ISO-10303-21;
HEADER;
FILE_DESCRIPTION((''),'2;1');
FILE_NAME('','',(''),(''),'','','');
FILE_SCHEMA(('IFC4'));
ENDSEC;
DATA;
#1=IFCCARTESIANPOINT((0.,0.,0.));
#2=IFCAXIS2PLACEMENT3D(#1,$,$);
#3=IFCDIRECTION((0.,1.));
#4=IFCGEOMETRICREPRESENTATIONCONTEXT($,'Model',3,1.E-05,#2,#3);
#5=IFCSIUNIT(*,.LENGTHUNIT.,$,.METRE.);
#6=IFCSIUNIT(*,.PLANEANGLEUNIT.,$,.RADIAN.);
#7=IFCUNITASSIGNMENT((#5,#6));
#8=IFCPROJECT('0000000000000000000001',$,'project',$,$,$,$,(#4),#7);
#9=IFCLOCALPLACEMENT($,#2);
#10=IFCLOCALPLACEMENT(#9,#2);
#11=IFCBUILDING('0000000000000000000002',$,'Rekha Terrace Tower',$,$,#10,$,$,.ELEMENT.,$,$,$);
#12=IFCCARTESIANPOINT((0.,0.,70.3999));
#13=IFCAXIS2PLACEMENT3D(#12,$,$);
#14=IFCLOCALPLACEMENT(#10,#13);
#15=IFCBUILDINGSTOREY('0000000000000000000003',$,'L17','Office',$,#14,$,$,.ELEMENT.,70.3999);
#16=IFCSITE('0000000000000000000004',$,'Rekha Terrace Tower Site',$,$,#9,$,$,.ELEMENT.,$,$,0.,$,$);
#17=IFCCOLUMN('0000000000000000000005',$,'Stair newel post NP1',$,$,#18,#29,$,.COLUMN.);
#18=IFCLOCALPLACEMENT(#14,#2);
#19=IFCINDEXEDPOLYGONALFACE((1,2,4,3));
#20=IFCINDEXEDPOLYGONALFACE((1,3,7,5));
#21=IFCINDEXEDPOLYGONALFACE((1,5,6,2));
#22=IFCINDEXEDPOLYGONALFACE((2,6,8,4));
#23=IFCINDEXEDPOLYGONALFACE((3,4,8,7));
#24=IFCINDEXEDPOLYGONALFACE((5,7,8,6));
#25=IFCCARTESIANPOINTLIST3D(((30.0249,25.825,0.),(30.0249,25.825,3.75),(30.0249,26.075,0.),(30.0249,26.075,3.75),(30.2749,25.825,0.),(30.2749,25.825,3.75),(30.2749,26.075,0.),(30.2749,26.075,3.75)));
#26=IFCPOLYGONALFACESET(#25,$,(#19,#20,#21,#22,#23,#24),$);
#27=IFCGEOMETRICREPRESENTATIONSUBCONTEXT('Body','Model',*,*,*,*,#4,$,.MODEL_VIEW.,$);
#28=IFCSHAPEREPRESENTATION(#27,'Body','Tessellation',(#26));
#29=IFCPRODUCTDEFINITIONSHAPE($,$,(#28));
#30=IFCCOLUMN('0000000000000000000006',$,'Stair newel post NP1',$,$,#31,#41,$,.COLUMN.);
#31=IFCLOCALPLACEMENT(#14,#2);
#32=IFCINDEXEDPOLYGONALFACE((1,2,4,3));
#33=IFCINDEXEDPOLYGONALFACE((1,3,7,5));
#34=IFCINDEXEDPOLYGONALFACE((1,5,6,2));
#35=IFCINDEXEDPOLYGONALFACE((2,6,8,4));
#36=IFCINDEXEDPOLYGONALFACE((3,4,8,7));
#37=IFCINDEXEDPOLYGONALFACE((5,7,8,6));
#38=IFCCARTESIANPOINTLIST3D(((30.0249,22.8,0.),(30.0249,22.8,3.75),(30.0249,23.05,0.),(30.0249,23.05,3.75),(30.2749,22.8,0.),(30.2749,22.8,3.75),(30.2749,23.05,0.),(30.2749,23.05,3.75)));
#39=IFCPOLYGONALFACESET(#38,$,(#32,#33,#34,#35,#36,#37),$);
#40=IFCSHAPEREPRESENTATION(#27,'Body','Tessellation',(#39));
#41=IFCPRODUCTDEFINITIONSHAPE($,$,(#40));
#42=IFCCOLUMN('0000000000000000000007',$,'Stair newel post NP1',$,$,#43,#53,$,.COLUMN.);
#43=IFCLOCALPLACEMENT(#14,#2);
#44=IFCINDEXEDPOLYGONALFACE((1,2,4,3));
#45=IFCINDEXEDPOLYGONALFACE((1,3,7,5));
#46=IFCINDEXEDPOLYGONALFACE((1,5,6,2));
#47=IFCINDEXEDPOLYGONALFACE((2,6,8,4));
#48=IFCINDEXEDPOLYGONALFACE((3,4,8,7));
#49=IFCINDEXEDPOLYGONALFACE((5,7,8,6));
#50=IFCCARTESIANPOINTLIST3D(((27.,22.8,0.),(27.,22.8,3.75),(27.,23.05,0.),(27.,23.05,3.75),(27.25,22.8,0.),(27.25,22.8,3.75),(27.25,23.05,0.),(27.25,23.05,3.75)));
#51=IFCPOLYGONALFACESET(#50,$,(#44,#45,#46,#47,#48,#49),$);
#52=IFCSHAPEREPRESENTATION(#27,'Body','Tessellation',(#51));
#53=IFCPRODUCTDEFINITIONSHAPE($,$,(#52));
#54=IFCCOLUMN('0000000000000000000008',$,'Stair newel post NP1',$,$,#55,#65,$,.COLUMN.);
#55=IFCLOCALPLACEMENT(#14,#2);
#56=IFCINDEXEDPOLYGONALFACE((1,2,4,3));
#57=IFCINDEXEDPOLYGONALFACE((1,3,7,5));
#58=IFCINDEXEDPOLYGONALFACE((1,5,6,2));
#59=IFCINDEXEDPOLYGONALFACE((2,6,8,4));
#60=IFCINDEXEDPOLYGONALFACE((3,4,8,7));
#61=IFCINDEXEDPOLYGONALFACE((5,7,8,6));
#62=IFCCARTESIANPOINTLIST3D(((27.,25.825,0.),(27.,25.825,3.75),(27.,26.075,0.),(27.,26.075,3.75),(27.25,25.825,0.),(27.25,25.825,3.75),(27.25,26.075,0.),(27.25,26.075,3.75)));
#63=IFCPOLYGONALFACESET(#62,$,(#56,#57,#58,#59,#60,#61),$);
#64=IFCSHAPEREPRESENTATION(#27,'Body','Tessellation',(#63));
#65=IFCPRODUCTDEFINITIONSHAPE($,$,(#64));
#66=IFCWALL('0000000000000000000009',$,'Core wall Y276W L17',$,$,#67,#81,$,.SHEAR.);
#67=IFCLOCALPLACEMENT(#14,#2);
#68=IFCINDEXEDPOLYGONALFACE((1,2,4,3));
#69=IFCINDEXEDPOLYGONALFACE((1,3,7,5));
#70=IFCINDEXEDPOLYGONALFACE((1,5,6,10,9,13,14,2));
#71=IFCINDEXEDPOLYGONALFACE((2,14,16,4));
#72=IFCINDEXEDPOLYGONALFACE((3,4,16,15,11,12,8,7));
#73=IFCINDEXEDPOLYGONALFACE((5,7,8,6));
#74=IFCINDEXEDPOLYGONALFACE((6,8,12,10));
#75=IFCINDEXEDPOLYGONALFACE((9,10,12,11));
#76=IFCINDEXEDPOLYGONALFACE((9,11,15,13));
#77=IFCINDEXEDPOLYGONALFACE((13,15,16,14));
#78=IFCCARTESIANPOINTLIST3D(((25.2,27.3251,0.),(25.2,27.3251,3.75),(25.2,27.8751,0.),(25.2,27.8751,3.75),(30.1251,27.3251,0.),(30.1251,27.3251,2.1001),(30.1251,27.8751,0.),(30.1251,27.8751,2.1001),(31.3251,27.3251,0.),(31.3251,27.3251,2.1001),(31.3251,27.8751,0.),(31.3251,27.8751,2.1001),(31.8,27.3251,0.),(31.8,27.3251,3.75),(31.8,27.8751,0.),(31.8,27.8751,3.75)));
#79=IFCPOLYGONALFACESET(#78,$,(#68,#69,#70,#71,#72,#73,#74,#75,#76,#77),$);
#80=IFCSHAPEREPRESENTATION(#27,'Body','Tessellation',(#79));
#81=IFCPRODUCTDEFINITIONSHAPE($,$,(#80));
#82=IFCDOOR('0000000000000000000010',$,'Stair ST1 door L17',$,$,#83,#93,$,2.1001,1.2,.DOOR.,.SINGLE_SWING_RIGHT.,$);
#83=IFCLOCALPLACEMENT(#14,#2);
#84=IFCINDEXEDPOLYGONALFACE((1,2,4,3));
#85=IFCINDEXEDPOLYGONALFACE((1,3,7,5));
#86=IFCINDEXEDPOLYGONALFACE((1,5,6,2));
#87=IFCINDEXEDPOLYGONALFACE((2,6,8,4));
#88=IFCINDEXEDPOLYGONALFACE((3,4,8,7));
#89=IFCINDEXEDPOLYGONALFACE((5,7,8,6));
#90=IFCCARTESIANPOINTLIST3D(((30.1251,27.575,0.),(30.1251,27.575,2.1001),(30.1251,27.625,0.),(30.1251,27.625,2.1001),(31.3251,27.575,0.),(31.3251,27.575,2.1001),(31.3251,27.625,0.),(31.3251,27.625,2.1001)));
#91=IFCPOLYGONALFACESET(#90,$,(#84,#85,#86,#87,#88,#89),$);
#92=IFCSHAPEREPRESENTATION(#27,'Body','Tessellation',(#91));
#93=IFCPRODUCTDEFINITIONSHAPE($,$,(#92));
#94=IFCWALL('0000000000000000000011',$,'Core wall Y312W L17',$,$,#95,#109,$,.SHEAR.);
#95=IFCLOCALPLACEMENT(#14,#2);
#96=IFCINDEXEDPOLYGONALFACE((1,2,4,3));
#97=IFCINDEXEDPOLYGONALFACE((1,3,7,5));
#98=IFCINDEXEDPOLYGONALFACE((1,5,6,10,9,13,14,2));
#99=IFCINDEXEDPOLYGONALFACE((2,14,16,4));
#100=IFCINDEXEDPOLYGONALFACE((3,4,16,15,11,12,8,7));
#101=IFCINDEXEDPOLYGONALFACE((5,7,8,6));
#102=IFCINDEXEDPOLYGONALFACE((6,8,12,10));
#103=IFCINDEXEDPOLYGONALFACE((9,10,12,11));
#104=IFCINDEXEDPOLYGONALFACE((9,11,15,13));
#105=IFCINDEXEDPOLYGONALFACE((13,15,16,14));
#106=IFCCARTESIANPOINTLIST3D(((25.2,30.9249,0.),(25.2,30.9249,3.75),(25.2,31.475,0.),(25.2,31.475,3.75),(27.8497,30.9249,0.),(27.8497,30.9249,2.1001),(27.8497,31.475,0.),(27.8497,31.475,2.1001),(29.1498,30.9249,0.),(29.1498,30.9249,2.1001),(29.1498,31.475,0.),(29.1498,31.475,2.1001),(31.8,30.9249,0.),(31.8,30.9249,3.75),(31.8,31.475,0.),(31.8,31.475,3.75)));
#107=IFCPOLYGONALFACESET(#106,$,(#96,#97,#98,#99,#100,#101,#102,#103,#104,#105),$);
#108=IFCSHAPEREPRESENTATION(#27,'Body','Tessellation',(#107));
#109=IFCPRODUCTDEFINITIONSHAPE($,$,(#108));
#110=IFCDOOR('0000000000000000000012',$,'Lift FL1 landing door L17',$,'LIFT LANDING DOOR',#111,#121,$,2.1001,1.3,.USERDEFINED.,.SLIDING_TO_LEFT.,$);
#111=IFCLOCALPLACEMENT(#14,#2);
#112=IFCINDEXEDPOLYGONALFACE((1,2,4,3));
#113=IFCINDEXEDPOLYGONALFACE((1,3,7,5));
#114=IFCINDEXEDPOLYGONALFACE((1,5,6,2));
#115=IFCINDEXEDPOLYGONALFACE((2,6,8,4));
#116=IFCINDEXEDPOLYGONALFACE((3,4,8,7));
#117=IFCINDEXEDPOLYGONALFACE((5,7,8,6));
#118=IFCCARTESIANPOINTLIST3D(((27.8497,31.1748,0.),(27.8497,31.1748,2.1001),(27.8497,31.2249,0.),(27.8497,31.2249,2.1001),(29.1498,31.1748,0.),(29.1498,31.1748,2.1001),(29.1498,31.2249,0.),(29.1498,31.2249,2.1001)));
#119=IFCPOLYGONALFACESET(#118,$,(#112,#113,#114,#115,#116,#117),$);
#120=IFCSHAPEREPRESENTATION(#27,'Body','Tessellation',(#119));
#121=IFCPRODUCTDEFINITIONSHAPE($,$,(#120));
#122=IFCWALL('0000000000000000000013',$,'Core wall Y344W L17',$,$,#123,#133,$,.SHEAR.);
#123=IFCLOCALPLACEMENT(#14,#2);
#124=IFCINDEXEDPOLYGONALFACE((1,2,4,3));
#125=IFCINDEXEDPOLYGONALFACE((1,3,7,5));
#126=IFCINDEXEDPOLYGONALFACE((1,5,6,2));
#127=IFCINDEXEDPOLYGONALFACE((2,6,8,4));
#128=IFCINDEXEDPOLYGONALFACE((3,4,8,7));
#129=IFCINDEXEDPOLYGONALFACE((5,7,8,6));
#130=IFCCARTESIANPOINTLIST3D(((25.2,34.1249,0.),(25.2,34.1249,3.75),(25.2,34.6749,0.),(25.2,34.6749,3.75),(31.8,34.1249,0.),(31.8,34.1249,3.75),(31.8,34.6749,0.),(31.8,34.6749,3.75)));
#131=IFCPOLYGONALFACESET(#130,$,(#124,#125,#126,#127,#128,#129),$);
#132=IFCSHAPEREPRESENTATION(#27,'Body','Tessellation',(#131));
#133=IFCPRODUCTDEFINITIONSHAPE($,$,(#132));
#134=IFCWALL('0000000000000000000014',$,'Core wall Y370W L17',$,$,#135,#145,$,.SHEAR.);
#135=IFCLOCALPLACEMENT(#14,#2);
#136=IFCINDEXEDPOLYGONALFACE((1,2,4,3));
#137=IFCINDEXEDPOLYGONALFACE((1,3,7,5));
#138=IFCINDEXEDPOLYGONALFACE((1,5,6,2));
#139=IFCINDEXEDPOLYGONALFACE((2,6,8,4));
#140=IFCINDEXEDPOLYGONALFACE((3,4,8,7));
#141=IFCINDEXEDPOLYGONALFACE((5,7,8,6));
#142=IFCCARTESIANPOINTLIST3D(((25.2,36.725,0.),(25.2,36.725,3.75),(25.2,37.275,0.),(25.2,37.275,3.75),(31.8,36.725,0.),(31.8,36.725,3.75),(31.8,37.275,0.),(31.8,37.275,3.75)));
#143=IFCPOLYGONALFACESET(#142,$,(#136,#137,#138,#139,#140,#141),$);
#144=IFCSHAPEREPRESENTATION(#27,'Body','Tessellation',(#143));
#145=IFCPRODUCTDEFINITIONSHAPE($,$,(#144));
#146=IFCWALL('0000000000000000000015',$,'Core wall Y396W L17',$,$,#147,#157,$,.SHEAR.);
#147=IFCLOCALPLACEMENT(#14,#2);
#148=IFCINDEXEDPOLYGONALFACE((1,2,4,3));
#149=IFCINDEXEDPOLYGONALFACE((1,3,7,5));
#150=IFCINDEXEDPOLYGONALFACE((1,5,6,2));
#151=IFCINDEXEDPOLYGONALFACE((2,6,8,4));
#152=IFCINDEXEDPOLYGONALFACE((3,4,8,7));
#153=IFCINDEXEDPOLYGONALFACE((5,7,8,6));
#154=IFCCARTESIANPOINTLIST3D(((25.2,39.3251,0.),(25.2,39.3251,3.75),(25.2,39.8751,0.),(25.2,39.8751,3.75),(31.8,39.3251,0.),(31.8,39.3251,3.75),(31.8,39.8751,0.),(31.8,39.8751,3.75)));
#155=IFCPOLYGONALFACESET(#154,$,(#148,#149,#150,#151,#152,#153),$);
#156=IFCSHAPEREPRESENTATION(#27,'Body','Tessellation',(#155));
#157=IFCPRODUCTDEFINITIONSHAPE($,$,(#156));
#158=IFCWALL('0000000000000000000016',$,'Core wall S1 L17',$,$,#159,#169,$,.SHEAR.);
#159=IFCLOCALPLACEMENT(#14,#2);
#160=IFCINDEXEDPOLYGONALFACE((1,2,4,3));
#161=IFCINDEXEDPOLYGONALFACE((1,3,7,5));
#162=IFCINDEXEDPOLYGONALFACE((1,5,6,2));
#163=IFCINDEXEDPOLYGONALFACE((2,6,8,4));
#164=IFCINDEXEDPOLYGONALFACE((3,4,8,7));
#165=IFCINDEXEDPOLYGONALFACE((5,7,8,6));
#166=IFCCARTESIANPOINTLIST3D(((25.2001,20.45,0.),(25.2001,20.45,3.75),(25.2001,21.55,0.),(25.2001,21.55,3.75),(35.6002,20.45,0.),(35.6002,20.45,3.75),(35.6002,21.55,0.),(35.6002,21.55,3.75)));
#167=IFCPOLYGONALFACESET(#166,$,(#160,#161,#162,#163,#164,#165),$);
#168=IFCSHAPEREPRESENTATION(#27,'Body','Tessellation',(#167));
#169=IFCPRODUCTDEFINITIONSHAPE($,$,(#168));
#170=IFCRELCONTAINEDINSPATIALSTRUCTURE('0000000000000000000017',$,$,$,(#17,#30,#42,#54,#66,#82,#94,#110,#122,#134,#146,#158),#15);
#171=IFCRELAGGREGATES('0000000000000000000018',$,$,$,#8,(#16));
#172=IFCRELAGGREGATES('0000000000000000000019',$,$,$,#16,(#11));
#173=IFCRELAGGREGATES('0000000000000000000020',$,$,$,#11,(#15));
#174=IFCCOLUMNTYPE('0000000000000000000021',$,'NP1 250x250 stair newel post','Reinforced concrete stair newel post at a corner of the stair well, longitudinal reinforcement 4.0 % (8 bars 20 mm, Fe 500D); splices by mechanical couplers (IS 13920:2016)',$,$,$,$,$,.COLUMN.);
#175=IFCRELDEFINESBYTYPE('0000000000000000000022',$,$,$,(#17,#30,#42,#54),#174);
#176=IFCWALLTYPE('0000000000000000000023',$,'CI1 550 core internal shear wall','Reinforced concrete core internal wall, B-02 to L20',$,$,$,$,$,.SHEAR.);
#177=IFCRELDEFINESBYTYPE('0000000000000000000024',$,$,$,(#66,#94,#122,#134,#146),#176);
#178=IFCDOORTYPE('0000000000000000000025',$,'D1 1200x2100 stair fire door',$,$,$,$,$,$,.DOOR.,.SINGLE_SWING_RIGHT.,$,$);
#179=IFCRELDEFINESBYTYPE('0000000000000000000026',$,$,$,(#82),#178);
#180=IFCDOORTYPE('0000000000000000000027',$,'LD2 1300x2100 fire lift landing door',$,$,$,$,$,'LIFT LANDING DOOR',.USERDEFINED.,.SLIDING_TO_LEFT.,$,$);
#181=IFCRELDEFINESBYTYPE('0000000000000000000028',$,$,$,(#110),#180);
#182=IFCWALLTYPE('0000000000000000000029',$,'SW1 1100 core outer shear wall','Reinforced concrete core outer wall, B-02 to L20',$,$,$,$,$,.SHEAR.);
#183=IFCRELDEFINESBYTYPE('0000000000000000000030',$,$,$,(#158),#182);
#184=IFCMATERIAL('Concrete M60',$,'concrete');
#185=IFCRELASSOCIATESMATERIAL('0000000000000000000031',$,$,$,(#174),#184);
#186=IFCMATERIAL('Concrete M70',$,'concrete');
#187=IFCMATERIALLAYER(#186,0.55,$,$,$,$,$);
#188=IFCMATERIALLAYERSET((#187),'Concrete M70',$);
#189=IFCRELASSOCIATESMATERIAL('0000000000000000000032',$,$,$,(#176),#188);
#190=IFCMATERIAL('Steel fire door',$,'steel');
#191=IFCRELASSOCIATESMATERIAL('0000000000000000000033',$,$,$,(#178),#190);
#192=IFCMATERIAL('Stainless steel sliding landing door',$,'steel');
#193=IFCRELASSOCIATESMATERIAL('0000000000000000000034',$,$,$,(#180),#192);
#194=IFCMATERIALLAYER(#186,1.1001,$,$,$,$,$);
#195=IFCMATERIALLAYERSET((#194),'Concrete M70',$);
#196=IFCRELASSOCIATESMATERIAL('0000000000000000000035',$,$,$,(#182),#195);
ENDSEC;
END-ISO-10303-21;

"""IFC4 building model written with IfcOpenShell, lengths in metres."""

from ifc_helpers import new_model, si_unit, direction, frame, frame_2d, origin, origin_2d, place, context, subcontext, project, spatial, rectangle, extrude, material, layer, layer_set, material_profile, profile_set, type_object, element, fill, save


model = new_model("IFC4")

# Units and contexts
model_context = context("Model", 3, precision=1e-05, world=origin(), true_north=direction((0.0, 1.0)))
body_context = subcontext(model_context, "Body", "Model", "MODEL_VIEW")
ifc_project = project(units=[si_unit("LENGTHUNIT", "METRE"), si_unit("PLANEANGLEUNIT", "RADIAN")], contexts=[model_context])

# Site, building, storey
site_placement = place(None, origin())
site = spatial("IfcSite", under=ifc_project, at=site_placement, Name="Rekha Terrace Tower Site", CompositionType="ELEMENT", RefElevation=0.0)
building_placement = place(site_placement, origin())
building = spatial("IfcBuilding", under=site, at=building_placement, Name="Rekha Terrace Tower", CompositionType="ELEMENT")
storey_placement = place(building_placement, frame((0.0, 0.0, 70.3999)))
storey = spatial("IfcBuildingStorey", under=building, at=storey_placement, Name="L17", Description="Office", CompositionType="ELEMENT", Elevation=70.3999)

# Columns
ifc_material_1 = material(Name="Concrete M60", Category="concrete")
ifc_material_profile = material_profile(ifc_material_1, rectangle(XDim=0.25, YDim=0.25, at=origin_2d()), Name="RC 250x250")
ifc_profile_set = profile_set([ifc_material_profile], Name="Concrete M60")
column_type = type_object("IfcColumnType", Name="NP1 250x250 stair newel post", Description="Reinforced concrete stair newel post at a corner of the stair well, longitudinal reinforcement 4.0 % (8 bars 20 mm, Fe 500D); splices by mechanical couplers (IS 13920:2016)", PredefinedType="COLUMN", material=ifc_profile_set)
for number, where, z_axis, x_axis, name in (
    (1, (30.1499, 25.95, 0.0), (0.0, 0.0, 1.0), (1.0, 0.0, 0.0), "Stair newel post NP1"),
    (2, (30.1499, 22.925, 0.0), (0.0, 0.0, 1.0), (1.0, 0.0, 0.0), "Stair newel post NP1"),
    (3, (27.125, 22.925, 0.0), (0.0, 0.0, 1.0), (1.0, 0.0, 0.0), "Stair newel post NP1"),
    (4, (27.125, 25.95, 0.0), (0.0, 0.0, 1.0), (1.0, 0.0, 0.0), "Stair newel post NP1"),
):
    element("IfcColumn", number, at=place(storey_placement, frame(where, z_axis=z_axis, x_axis=x_axis)), inside=storey, type_object=column_type, Name=name, PredefinedType="COLUMN", context=body_context, shape_type="SweptSolid", body=[
        extrude(rectangle(XDim=0.25, YDim=0.25, at=origin_2d()), origin(), (0.0, 0.0, 1.0), 3.75),
    ])

# Walls, openings, doors
ifc_material_2 = material(Name="Concrete M70", Category="concrete")
ifc_layer_1 = layer(ifc_material_2, 0.55)
ifc_layer_set_1 = layer_set([ifc_layer_1], Name="Concrete M70")
wall_type_1 = type_object("IfcWallType", Name="CI1 550 core internal shear wall", Description="Reinforced concrete core internal wall, B-02 to L20", PredefinedType="SHEAR", material=ifc_layer_set_1)
wall_1_placement = place(storey_placement, frame((25.2, 27.6001, 0.0), z_axis=(0.0, 0.0, 1.0), x_axis=(1.0, 0.0, 0.0)))
wall_1 = element("IfcWall", 5, at=wall_1_placement, inside=storey, type_object=wall_type_1, Name="Core wall Y276W L17", PredefinedType="SHEAR", context=body_context, shape_type="SweptSolid", body=[
    extrude(rectangle(XDim=6.6001, YDim=0.55, at=frame_2d((3.3, 0.0))), origin(), (0.0, 0.0, 1.0), 3.75),
])
opening_1_placement = place(wall_1_placement, frame((4.925, 0.0, 0.0)))
opening_1 = element("IfcOpeningElement", 6, at=opening_1_placement, cuts=wall_1, PredefinedType="OPENING", context=body_context, shape_type="SweptSolid", body=[
    extrude(rectangle(XDim=1.2, YDim=2.1001, at=frame_2d((0.6001, 1.05))), frame((0.0, 0.2849, 0.0), z_axis=(0.0, -1.0, 0.0), x_axis=(1.0, 0.0, 0.0)), (0.0, 0.0, 1.0), 0.5701),
])
ifc_material_3 = material(Name="Steel fire door", Category="steel")
door_type_1 = type_object("IfcDoorType", Name="D1 1200x2100 stair fire door", OperationType="SINGLE_SWING_RIGHT", PredefinedType="DOOR", material=ifc_material_3)
door_1_placement = place(opening_1_placement, origin())
door_1 = element("IfcDoor", 7, at=door_1_placement, inside=storey, type_object=door_type_1, Name="Stair ST1 door L17", OperationType="SINGLE_SWING_RIGHT", OverallHeight=2.1001, OverallWidth=1.2, PredefinedType="DOOR", context=body_context, shape_type="SweptSolid", body=[
    extrude(rectangle(XDim=1.2, YDim=2.1001, at=frame_2d((0.6001, 1.05))), frame((0.0, 0.0249, 0.0), z_axis=(0.0, -1.0, 0.0), x_axis=(1.0, 0.0, 0.0)), (0.0, 0.0, 1.0), 0.05),
])
fill(opening_1, door_1)
wall_2_placement = place(storey_placement, frame((25.2, 31.2, 0.0), z_axis=(0.0, 0.0, 1.0), x_axis=(1.0, 0.0, 0.0)))
wall_2 = element("IfcWall", 8, at=wall_2_placement, inside=storey, type_object=wall_type_1, Name="Core wall Y312W L17", PredefinedType="SHEAR", context=body_context, shape_type="SweptSolid", body=[
    extrude(rectangle(XDim=6.6001, YDim=0.55, at=frame_2d((3.3, 0.0))), origin(), (0.0, 0.0, 1.0), 3.75),
])
opening_2_placement = place(wall_2_placement, frame((2.6499, 0.0, 0.0)))
opening_2 = element("IfcOpeningElement", 9, at=opening_2_placement, cuts=wall_2, PredefinedType="OPENING", context=body_context, shape_type="SweptSolid", body=[
    extrude(rectangle(XDim=1.3, YDim=2.1001, at=frame_2d((0.6499, 1.05))), frame((0.0, 0.2849, 0.0), z_axis=(0.0, -1.0, 0.0), x_axis=(1.0, 0.0, 0.0)), (0.0, 0.0, 1.0), 0.5701),
])
ifc_material_4 = material(Name="Stainless steel sliding landing door", Category="steel")
door_type_2 = type_object("IfcDoorType", Name="LD2 1300x2100 fire lift landing door", ElementType="LIFT LANDING DOOR", OperationType="SLIDING_TO_LEFT", PredefinedType="USERDEFINED", material=ifc_material_4)
door_2_placement = place(opening_2_placement, origin())
door_2 = element("IfcDoor", 10, at=door_2_placement, inside=storey, type_object=door_type_2, Name="Lift FL1 landing door L17", ObjectType="LIFT LANDING DOOR", OperationType="SLIDING_TO_LEFT", OverallHeight=2.1001, OverallWidth=1.3, PredefinedType="USERDEFINED", context=body_context, shape_type="SweptSolid", body=[
    extrude(rectangle(XDim=1.3, YDim=2.1001, at=frame_2d((0.6499, 1.05))), frame((0.0, 0.0249, 0.0), z_axis=(0.0, -1.0, 0.0), x_axis=(1.0, 0.0, 0.0)), (0.0, 0.0, 1.0), 0.05),
])
fill(opening_2, door_2)

# Walls
for number, where, z_axis, x_axis, name in (
    (11, (25.2, 34.3999, 0.0), (0.0, 0.0, 1.0), (1.0, 0.0, 0.0), "Core wall Y344W L17"),
    (12, (25.2, 37.0, 0.0), (0.0, 0.0, 1.0), (1.0, 0.0, 0.0), "Core wall Y370W L17"),
    (13, (25.2, 39.6001, 0.0), (0.0, 0.0, 1.0), (1.0, 0.0, 0.0), "Core wall Y396W L17"),
):
    element("IfcWall", number, at=place(storey_placement, frame(where, z_axis=z_axis, x_axis=x_axis)), inside=storey, type_object=wall_type_1, Name=name, PredefinedType="SHEAR", context=body_context, shape_type="SweptSolid", body=[
        extrude(rectangle(XDim=6.6001, YDim=0.55, at=frame_2d((3.3, 0.0))), origin(), (0.0, 0.0, 1.0), 3.75),
    ])
ifc_layer_2 = layer(ifc_material_2, 1.1001)
ifc_layer_set_2 = layer_set([ifc_layer_2], Name="Concrete M70")
wall_type_2 = type_object("IfcWallType", Name="SW1 1100 core outer shear wall", Description="Reinforced concrete core outer wall, B-02 to L20", PredefinedType="SHEAR", material=ifc_layer_set_2)
wall_3_placement = place(storey_placement, frame((25.2, 21.0, 0.0), z_axis=(0.0, 0.0, 1.0), x_axis=(1.0, 0.0, 0.0)))
element("IfcWall", 14, at=wall_3_placement, inside=storey, type_object=wall_type_2, Name="Core wall S1 L17", PredefinedType="SHEAR", context=body_context, shape_type="SweptSolid", body=[
    extrude(rectangle(XDim=10.4001, YDim=1.1001, at=frame_2d((5.2002, 0.0))), origin(), (0.0, 0.0, 1.0), 3.75),
])

save(model, "model.ifc")
